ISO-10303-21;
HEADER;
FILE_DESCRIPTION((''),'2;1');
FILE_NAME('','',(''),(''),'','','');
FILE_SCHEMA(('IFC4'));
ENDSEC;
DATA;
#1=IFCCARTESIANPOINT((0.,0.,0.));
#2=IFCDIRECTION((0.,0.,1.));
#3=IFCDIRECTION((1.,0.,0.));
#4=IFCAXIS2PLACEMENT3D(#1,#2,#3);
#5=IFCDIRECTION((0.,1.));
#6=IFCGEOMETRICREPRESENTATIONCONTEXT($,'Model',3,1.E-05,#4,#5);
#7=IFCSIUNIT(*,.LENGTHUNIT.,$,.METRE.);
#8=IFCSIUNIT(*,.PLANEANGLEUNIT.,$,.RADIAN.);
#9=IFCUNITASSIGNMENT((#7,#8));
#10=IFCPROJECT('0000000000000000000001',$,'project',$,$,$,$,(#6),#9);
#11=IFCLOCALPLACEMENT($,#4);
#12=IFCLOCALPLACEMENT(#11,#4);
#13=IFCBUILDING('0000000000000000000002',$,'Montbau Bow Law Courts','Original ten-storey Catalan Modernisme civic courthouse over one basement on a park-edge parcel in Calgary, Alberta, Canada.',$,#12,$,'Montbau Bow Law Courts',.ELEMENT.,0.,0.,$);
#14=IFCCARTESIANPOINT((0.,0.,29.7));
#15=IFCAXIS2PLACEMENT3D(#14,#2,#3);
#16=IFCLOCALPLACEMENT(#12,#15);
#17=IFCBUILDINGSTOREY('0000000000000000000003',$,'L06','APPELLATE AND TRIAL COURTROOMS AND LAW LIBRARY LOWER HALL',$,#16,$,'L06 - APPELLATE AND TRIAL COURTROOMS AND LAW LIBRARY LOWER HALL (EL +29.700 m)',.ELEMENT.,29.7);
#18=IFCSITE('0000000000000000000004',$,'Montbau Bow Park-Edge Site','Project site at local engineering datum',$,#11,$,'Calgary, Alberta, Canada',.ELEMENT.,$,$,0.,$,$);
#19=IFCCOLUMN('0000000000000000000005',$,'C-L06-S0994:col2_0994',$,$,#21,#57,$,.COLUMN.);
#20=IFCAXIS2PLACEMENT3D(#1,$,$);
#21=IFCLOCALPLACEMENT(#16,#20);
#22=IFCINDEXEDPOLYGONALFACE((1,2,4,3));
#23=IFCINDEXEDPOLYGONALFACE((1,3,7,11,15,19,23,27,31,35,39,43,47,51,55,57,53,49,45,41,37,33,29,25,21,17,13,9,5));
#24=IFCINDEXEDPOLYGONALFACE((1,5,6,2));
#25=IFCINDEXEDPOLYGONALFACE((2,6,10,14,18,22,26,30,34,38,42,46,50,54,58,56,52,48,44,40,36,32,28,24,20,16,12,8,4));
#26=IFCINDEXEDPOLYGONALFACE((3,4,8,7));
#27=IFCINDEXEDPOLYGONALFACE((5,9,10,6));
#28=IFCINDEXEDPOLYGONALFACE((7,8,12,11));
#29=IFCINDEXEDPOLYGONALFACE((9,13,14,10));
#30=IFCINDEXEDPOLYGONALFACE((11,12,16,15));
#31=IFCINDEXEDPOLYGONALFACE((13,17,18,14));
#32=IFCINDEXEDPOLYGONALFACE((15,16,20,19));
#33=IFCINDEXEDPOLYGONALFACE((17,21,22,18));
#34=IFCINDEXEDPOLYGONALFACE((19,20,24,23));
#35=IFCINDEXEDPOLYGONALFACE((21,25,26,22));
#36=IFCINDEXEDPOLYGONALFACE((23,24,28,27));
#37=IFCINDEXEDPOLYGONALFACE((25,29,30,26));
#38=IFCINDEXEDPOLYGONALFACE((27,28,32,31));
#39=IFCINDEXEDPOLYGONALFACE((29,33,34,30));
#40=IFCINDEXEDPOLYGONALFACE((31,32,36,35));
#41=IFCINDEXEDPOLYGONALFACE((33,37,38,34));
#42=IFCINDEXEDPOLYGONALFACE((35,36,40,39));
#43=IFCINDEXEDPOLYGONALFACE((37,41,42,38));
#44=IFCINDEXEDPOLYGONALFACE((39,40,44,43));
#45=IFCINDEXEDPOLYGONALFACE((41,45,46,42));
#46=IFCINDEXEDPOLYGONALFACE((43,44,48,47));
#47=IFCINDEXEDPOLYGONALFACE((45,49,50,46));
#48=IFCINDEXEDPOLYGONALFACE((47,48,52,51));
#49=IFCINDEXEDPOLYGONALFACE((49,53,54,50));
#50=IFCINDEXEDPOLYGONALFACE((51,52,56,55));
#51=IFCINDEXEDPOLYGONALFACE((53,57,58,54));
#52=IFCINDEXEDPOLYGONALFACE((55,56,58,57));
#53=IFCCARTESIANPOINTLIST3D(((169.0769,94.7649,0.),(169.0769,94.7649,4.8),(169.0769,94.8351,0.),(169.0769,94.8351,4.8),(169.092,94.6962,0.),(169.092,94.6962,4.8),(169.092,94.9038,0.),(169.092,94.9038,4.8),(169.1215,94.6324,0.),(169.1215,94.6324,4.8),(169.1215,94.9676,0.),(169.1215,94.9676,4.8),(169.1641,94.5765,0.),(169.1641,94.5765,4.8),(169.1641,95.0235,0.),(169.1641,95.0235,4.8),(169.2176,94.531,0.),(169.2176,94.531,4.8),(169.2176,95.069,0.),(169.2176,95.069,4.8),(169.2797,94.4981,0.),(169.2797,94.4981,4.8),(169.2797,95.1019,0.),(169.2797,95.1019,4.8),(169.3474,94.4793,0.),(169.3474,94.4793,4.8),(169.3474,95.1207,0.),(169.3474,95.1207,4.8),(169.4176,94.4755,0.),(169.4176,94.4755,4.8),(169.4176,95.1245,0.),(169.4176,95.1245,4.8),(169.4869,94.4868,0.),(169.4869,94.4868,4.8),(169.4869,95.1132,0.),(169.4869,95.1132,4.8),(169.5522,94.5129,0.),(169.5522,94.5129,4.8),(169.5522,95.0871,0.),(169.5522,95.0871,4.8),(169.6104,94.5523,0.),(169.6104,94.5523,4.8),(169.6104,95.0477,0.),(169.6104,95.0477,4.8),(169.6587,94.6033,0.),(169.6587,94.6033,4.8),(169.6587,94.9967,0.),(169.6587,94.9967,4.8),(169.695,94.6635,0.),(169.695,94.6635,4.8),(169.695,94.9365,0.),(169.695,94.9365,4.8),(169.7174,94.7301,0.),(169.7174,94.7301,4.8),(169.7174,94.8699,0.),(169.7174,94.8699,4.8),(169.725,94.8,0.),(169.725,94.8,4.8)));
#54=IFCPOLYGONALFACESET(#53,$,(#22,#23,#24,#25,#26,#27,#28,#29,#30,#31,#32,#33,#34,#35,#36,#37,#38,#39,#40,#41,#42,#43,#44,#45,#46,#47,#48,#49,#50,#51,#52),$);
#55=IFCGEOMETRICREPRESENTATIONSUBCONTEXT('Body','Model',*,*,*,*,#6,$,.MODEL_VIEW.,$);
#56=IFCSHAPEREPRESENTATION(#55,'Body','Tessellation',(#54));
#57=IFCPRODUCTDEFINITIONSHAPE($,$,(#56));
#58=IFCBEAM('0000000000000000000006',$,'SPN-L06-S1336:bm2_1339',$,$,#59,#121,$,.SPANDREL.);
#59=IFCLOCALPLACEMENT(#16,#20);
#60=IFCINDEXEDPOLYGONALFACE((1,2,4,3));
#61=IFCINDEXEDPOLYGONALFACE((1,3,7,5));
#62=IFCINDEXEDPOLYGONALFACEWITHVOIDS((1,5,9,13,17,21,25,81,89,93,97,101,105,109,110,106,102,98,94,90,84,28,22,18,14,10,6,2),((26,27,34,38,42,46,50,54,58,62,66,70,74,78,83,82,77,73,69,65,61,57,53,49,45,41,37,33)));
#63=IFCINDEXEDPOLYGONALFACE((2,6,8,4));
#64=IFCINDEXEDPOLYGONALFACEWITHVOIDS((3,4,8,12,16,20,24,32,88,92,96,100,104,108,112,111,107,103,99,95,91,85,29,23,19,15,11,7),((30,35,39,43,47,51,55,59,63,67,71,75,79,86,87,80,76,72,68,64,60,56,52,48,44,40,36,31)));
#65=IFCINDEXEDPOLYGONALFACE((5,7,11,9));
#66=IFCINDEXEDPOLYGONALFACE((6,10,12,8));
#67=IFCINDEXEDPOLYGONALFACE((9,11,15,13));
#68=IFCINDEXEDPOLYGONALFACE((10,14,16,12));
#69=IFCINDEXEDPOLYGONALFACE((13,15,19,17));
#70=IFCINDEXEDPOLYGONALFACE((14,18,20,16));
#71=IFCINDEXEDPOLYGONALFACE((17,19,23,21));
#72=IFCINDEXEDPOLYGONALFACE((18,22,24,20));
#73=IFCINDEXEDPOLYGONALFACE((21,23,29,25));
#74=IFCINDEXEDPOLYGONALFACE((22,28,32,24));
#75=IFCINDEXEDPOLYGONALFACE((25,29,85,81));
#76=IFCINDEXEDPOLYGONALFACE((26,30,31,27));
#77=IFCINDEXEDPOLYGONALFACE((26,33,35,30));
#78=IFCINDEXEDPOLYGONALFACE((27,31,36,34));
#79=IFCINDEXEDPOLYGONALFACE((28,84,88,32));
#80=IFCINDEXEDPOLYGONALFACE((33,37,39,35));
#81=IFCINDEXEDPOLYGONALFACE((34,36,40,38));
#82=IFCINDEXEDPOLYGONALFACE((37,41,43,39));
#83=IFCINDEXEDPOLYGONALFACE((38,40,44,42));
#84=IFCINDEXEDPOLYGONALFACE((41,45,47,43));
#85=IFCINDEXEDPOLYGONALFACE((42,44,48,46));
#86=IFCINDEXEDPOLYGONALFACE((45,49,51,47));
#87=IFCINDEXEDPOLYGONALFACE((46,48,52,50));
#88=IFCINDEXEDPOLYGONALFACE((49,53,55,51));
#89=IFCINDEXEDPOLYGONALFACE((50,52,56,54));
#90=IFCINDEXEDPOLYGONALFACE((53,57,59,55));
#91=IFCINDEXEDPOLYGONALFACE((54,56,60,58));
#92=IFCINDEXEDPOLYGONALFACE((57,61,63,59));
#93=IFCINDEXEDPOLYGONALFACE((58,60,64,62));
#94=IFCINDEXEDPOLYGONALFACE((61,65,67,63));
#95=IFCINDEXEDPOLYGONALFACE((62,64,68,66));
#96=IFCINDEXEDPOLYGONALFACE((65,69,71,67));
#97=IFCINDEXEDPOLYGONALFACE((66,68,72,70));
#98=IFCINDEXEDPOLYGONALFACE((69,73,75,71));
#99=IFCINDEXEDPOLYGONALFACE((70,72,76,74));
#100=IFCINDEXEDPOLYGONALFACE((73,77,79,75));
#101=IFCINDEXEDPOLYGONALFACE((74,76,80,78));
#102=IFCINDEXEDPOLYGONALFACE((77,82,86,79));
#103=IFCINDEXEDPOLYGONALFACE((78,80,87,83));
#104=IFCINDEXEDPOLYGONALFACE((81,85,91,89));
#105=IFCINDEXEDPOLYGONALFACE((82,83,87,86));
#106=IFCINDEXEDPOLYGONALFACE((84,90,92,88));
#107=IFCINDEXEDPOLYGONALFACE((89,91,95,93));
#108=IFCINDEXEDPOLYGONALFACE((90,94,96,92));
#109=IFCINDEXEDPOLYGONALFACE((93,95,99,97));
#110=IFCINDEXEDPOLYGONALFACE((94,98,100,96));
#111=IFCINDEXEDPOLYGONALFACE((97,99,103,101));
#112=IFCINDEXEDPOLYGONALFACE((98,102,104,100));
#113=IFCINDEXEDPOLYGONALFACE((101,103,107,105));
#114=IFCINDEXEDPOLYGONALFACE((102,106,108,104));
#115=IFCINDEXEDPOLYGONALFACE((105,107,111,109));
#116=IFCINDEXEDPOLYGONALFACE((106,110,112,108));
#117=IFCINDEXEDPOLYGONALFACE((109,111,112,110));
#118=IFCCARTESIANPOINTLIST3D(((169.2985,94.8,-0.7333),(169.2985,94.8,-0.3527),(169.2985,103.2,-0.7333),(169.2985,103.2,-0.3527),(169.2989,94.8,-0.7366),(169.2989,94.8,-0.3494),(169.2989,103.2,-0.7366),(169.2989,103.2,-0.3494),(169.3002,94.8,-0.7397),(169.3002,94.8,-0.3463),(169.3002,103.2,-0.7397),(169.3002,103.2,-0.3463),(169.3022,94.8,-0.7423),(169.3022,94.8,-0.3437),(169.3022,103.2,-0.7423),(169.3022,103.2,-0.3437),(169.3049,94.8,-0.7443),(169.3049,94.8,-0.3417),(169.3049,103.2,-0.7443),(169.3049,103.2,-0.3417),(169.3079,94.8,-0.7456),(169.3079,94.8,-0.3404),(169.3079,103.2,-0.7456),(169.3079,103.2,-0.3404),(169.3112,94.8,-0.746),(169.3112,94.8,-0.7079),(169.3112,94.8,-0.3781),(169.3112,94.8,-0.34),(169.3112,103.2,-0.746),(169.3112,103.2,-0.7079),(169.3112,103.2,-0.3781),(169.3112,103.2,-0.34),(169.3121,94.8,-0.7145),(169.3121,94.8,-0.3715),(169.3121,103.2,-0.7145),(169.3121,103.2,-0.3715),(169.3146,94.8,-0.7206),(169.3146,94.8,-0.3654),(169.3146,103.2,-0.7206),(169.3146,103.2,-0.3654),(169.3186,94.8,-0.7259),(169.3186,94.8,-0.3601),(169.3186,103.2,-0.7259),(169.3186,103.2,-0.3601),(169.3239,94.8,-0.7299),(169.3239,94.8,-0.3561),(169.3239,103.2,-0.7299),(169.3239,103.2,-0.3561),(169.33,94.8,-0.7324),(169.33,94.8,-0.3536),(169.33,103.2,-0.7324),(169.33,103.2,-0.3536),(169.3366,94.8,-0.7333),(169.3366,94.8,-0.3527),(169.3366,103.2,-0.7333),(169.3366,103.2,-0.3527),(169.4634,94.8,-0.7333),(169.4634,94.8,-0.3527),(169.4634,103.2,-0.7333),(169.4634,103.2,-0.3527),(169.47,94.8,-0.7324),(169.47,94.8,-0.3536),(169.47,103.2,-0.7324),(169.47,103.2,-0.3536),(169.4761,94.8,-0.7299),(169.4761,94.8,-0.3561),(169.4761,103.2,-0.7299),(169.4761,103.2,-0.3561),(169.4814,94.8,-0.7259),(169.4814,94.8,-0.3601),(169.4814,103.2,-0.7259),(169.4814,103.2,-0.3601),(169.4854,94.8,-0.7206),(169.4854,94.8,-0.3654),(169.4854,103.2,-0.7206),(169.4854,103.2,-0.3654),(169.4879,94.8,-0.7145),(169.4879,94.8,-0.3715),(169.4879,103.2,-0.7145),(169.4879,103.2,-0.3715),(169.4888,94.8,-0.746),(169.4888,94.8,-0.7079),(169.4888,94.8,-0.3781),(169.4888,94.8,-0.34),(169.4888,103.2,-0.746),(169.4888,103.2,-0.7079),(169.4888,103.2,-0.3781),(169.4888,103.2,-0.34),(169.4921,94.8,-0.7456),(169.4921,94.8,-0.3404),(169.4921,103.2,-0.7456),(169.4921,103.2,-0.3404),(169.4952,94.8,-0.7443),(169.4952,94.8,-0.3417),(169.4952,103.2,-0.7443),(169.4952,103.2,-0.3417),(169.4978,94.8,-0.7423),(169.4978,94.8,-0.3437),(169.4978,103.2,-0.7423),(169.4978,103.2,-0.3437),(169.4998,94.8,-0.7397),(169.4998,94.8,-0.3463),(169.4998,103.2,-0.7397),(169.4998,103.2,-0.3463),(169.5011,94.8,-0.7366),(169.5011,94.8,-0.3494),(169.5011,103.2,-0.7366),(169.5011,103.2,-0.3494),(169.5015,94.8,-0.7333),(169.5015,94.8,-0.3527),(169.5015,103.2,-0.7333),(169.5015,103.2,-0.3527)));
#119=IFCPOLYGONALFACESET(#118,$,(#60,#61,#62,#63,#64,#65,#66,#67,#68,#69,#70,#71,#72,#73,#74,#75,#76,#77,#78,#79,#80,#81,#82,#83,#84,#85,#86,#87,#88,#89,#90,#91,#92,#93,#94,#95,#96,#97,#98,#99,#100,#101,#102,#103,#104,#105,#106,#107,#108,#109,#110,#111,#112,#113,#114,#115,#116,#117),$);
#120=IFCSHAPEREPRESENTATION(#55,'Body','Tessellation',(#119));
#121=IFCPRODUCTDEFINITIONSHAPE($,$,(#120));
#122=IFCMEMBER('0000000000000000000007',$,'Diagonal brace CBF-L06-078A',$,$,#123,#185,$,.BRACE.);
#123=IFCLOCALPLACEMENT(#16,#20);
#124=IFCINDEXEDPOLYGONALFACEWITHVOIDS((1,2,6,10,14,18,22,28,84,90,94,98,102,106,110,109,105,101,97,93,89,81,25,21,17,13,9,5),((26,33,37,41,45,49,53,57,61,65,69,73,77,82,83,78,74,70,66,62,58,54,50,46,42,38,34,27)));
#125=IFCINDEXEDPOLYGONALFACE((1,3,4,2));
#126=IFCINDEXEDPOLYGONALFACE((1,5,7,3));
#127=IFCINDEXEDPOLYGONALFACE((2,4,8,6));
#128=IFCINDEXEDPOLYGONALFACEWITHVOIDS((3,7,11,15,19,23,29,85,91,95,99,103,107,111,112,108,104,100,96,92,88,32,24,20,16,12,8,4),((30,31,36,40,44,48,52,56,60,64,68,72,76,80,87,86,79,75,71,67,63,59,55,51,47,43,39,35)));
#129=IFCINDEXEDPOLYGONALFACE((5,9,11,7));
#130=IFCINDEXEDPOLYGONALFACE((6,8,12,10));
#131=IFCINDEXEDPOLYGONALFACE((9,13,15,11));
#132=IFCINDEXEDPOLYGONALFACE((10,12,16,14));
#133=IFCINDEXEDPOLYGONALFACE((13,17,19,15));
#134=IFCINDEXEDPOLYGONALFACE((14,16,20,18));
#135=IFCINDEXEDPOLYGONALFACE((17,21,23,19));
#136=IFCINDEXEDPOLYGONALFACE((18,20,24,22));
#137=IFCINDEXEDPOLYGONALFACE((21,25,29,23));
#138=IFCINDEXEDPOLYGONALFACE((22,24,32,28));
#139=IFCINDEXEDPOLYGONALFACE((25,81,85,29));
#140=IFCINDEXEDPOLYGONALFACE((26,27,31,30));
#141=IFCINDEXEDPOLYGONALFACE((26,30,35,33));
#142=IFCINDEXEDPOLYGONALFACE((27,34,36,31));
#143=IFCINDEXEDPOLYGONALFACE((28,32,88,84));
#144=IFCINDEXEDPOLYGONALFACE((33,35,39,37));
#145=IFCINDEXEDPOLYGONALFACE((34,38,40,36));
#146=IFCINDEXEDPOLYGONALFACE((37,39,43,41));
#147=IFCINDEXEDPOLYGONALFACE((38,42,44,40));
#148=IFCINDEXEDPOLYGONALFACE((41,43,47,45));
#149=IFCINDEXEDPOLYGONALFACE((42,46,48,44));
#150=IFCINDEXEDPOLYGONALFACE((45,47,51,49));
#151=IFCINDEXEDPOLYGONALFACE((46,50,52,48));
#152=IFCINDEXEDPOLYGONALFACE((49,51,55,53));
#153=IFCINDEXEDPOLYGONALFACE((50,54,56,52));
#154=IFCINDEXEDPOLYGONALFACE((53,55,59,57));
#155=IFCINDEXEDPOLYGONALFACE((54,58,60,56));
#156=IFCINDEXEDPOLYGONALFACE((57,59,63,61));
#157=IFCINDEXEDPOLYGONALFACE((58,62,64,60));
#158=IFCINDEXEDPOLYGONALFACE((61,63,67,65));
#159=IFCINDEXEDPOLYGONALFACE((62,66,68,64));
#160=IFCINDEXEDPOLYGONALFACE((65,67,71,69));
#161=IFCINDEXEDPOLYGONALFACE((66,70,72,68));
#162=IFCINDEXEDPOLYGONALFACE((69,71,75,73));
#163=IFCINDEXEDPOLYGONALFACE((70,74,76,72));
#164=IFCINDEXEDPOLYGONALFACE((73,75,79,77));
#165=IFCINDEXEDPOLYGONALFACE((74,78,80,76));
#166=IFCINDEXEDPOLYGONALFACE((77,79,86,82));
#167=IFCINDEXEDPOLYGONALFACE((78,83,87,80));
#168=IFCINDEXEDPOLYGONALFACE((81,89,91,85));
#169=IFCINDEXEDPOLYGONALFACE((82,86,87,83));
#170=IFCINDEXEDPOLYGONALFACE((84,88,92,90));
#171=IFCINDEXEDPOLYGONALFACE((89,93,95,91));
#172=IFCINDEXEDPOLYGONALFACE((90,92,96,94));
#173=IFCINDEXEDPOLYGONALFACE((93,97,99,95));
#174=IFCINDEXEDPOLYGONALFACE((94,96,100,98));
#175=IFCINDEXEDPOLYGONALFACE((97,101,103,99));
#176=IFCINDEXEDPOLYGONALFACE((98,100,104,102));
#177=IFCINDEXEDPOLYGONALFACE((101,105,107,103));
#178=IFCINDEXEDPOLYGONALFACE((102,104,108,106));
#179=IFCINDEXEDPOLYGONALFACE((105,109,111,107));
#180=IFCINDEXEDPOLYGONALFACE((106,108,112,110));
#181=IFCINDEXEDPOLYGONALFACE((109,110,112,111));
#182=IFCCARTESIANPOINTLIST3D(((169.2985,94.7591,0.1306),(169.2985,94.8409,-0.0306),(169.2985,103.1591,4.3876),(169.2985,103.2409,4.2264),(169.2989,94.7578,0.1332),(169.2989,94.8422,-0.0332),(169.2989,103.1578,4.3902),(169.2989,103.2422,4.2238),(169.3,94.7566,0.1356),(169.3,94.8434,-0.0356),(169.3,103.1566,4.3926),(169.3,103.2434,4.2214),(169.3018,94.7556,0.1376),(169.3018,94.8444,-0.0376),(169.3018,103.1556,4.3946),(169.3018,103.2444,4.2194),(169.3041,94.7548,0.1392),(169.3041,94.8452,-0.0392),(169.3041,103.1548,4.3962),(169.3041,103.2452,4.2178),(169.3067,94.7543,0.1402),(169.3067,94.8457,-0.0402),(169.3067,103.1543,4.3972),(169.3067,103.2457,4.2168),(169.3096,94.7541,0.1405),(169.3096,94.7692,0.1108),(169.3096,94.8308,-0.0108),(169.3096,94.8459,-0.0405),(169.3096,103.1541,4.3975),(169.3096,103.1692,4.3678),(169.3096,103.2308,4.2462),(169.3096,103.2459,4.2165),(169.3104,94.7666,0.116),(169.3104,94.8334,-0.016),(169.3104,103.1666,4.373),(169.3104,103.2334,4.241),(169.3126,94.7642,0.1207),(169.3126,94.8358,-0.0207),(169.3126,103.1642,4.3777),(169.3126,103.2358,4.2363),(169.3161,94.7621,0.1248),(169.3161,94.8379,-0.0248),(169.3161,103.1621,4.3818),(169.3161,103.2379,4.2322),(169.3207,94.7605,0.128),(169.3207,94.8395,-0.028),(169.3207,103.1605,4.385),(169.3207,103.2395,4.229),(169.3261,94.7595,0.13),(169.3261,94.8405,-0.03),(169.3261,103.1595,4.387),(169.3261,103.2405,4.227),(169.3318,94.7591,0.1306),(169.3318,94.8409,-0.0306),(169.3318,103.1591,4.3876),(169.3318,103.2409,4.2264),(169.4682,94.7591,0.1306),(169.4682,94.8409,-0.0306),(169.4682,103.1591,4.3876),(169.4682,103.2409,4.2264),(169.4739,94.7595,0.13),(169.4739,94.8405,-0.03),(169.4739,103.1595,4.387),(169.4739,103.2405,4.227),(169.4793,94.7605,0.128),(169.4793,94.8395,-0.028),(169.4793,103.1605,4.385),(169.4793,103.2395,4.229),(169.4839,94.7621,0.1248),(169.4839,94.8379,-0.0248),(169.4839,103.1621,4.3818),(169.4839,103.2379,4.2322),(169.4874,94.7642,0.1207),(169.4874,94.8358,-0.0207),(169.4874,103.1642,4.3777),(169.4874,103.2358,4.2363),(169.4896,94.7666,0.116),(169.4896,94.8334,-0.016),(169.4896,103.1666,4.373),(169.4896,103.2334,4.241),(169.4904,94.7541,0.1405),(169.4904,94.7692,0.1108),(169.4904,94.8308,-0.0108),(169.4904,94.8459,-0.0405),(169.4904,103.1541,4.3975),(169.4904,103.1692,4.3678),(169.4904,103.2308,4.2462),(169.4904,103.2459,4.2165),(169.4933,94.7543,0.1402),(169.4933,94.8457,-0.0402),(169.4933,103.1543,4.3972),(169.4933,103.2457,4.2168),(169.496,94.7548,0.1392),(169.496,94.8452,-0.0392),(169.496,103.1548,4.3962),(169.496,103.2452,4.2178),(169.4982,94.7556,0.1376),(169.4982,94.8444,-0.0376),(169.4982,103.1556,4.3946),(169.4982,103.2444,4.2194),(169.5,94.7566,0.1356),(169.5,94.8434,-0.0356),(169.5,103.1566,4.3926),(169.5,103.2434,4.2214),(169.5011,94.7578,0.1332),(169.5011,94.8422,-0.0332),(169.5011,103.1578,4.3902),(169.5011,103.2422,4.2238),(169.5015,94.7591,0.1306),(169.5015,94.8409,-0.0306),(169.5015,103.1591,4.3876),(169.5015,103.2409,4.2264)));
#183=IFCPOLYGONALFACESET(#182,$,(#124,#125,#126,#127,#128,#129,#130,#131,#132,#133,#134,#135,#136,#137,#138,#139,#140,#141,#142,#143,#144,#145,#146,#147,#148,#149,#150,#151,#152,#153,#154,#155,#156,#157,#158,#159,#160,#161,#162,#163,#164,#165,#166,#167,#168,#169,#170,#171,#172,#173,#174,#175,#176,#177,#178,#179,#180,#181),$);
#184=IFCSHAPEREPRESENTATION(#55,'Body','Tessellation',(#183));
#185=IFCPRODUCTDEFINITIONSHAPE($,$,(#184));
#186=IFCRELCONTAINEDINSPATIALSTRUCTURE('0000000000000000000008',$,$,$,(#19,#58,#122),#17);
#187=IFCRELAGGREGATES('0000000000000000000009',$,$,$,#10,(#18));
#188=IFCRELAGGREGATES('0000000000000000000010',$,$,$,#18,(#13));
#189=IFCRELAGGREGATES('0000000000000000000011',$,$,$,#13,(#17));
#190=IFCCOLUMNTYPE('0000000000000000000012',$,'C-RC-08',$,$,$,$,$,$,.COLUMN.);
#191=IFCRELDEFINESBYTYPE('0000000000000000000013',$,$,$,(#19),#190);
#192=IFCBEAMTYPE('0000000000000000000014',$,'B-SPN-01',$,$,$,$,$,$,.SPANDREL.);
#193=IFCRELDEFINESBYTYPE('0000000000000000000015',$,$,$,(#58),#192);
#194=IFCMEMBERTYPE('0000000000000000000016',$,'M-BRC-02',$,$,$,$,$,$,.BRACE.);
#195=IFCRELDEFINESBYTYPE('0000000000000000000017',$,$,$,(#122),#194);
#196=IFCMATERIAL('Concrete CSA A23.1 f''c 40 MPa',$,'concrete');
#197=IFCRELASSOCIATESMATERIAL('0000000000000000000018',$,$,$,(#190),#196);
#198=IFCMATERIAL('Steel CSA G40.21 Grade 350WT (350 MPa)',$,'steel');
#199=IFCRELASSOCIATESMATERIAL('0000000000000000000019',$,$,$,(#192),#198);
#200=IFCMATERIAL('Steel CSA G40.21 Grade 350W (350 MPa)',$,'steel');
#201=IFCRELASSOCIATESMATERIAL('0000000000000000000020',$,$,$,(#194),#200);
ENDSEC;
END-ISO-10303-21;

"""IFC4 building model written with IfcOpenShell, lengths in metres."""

from ifc_helpers import new_model, si_unit, direction, frame, origin_with_axes, origin_2d_with_axis, place, context, subcontext, project, spatial, hollow_rectangle, circle, extrude, material, material_profile, profile_set, type_object, element, save


model = new_model("IFC4")

# Units and contexts
model_context = context("Model", 3, precision=1e-05, world=origin_with_axes(), true_north=direction((0.0, 1.0)))
body_context = subcontext(model_context, "Body", "Model", "MODEL_VIEW")
ifc_project = project(units=[si_unit("LENGTHUNIT", "METRE"), si_unit("PLANEANGLEUNIT", "RADIAN")], contexts=[model_context])

# Site, building, storey
site_placement = place(None, origin_with_axes())
site = spatial("IfcSite", under=ifc_project, at=site_placement, Name="Montbau Bow Park-Edge Site", Description="Project site at local engineering datum", LongName="Calgary, Alberta, Canada", CompositionType="ELEMENT", RefElevation=0.0)
building_placement = place(site_placement, origin_with_axes())
building = spatial("IfcBuilding", under=site, at=building_placement, Name="Montbau Bow Law Courts", Description="Original ten-storey Catalan Modernisme civic courthouse over one basement on a park-edge parcel in Calgary, Alberta, Canada.", LongName="Montbau Bow Law Courts", CompositionType="ELEMENT", ElevationOfRefHeight=0.0, ElevationOfTerrain=0.0)
storey_placement = place(building_placement, frame((0.0, 0.0, 29.7), z_axis=(0.0, 0.0, 1.0), x_axis=(1.0, 0.0, 0.0)))
storey = spatial("IfcBuildingStorey", under=building, at=storey_placement, Name="L06", Description="APPELLATE AND TRIAL COURTROOMS AND LAW LIBRARY LOWER HALL", LongName="L06 - APPELLATE AND TRIAL COURTROOMS AND LAW LIBRARY LOWER HALL (EL +29.700 m)", CompositionType="ELEMENT", Elevation=29.7)

# Column
ifc_material_1 = material(Name="Concrete CSA A23.1 f'c 40 MPa", Category="concrete")
ifc_material_profile_1 = material_profile(ifc_material_1, circle(Radius=0.325, at=origin_2d_with_axis()), Name="RC650D", Category="Main", Priority=0)
ifc_profile_set_1 = profile_set([ifc_material_profile_1], Name="Concrete CSA A23.1 f'c 40 MPa")
column_type = type_object("IfcColumnType", Name="C-RC-08", PredefinedType="COLUMN", material=ifc_profile_set_1)
column_placement = place(None, frame((169.4, 94.8, 29.7), z_axis=(0.0, 0.0, 1.0), x_axis=(1.0, 0.0, 0.0)))
element("IfcColumn", 1, at=column_placement, inside=storey, type_object=column_type, Name="C-L06-S0994:col2_0994", PredefinedType="COLUMN", context=body_context, shape_type="SweptSolid", body=[
    extrude(circle(Radius=0.325, at=origin_2d_with_axis()), origin_with_axes(), (0.0, 0.0, 1.0), 4.8),
])

# Beam
ifc_material_2 = material(Name="Steel CSA G40.21 Grade 350WT (350 MPa)", Category="steel")
ifc_material_profile_2 = material_profile(ifc_material_2, hollow_rectangle(XDim=0.203, YDim=0.406, WallThickness=0.0127, InnerFilletRadius=0.0254, OuterFilletRadius=0.0127, at=origin_2d_with_axis()), Name="HSS406X203X13", Category="Main", Priority=0)
ifc_profile_set_2 = profile_set([ifc_material_profile_2], Name="Steel CSA G40.21 Grade 350WT (350 MPa)")
beam_type = type_object("IfcBeamType", Name="B-SPN-01", PredefinedType="SPANDREL", material=ifc_profile_set_2)
beam_placement = place(None, frame((169.4, 94.8, 29.157), z_axis=(0.0, 1.0, 0.0), x_axis=(-1.0, 0.0, 0.0)))
element("IfcBeam", 2, at=beam_placement, inside=storey, type_object=beam_type, Name="SPN-L06-S1336:bm2_1339", PredefinedType="SPANDREL", context=body_context, shape_type="SweptSolid", body=[
    extrude(hollow_rectangle(XDim=0.203, YDim=0.406, WallThickness=0.0127, InnerFilletRadius=0.0254, OuterFilletRadius=0.0127, at=origin_2d_with_axis()), origin_with_axes(), (0.0, 0.0, 1.0), 8.4),
])

# Member
ifc_material_3 = material(Name="Steel CSA G40.21 Grade 350W (350 MPa)", Category="steel")
ifc_material_profile_3 = material_profile(ifc_material_3, hollow_rectangle(XDim=0.203, YDim=0.203, WallThickness=0.0111, InnerFilletRadius=0.0222, OuterFilletRadius=0.0111, at=origin_2d_with_axis()), Name="HSS203X203X11", Category="Main", Priority=0)
ifc_profile_set_3 = profile_set([ifc_material_profile_3], Name="Steel CSA G40.21 Grade 350W (350 MPa)")
member_type_1 = type_object("IfcMemberType", Name="M-BRC-02", PredefinedType="BRACE", material=ifc_profile_set_3)
member_1_placement = place(None, frame((169.4, 94.8, 29.75), z_axis=(0.0, 0.891993, 0.452049), x_axis=(-1.0, 0.0, 0.0)))
element("IfcMember", 3, at=member_1_placement, inside=storey, type_object=member_type_1, Name="Diagonal brace CBF-L06-078A", PredefinedType="BRACE", context=body_context, shape_type="SweptSolid", body=[
    extrude(hollow_rectangle(XDim=0.203, YDim=0.203, WallThickness=0.0111, InnerFilletRadius=0.0222, OuterFilletRadius=0.0111, at=origin_2d_with_axis()), origin_with_axes(), (0.0, 0.0, 1.0), 9.4171),
])

save(model, "model.ifc")
